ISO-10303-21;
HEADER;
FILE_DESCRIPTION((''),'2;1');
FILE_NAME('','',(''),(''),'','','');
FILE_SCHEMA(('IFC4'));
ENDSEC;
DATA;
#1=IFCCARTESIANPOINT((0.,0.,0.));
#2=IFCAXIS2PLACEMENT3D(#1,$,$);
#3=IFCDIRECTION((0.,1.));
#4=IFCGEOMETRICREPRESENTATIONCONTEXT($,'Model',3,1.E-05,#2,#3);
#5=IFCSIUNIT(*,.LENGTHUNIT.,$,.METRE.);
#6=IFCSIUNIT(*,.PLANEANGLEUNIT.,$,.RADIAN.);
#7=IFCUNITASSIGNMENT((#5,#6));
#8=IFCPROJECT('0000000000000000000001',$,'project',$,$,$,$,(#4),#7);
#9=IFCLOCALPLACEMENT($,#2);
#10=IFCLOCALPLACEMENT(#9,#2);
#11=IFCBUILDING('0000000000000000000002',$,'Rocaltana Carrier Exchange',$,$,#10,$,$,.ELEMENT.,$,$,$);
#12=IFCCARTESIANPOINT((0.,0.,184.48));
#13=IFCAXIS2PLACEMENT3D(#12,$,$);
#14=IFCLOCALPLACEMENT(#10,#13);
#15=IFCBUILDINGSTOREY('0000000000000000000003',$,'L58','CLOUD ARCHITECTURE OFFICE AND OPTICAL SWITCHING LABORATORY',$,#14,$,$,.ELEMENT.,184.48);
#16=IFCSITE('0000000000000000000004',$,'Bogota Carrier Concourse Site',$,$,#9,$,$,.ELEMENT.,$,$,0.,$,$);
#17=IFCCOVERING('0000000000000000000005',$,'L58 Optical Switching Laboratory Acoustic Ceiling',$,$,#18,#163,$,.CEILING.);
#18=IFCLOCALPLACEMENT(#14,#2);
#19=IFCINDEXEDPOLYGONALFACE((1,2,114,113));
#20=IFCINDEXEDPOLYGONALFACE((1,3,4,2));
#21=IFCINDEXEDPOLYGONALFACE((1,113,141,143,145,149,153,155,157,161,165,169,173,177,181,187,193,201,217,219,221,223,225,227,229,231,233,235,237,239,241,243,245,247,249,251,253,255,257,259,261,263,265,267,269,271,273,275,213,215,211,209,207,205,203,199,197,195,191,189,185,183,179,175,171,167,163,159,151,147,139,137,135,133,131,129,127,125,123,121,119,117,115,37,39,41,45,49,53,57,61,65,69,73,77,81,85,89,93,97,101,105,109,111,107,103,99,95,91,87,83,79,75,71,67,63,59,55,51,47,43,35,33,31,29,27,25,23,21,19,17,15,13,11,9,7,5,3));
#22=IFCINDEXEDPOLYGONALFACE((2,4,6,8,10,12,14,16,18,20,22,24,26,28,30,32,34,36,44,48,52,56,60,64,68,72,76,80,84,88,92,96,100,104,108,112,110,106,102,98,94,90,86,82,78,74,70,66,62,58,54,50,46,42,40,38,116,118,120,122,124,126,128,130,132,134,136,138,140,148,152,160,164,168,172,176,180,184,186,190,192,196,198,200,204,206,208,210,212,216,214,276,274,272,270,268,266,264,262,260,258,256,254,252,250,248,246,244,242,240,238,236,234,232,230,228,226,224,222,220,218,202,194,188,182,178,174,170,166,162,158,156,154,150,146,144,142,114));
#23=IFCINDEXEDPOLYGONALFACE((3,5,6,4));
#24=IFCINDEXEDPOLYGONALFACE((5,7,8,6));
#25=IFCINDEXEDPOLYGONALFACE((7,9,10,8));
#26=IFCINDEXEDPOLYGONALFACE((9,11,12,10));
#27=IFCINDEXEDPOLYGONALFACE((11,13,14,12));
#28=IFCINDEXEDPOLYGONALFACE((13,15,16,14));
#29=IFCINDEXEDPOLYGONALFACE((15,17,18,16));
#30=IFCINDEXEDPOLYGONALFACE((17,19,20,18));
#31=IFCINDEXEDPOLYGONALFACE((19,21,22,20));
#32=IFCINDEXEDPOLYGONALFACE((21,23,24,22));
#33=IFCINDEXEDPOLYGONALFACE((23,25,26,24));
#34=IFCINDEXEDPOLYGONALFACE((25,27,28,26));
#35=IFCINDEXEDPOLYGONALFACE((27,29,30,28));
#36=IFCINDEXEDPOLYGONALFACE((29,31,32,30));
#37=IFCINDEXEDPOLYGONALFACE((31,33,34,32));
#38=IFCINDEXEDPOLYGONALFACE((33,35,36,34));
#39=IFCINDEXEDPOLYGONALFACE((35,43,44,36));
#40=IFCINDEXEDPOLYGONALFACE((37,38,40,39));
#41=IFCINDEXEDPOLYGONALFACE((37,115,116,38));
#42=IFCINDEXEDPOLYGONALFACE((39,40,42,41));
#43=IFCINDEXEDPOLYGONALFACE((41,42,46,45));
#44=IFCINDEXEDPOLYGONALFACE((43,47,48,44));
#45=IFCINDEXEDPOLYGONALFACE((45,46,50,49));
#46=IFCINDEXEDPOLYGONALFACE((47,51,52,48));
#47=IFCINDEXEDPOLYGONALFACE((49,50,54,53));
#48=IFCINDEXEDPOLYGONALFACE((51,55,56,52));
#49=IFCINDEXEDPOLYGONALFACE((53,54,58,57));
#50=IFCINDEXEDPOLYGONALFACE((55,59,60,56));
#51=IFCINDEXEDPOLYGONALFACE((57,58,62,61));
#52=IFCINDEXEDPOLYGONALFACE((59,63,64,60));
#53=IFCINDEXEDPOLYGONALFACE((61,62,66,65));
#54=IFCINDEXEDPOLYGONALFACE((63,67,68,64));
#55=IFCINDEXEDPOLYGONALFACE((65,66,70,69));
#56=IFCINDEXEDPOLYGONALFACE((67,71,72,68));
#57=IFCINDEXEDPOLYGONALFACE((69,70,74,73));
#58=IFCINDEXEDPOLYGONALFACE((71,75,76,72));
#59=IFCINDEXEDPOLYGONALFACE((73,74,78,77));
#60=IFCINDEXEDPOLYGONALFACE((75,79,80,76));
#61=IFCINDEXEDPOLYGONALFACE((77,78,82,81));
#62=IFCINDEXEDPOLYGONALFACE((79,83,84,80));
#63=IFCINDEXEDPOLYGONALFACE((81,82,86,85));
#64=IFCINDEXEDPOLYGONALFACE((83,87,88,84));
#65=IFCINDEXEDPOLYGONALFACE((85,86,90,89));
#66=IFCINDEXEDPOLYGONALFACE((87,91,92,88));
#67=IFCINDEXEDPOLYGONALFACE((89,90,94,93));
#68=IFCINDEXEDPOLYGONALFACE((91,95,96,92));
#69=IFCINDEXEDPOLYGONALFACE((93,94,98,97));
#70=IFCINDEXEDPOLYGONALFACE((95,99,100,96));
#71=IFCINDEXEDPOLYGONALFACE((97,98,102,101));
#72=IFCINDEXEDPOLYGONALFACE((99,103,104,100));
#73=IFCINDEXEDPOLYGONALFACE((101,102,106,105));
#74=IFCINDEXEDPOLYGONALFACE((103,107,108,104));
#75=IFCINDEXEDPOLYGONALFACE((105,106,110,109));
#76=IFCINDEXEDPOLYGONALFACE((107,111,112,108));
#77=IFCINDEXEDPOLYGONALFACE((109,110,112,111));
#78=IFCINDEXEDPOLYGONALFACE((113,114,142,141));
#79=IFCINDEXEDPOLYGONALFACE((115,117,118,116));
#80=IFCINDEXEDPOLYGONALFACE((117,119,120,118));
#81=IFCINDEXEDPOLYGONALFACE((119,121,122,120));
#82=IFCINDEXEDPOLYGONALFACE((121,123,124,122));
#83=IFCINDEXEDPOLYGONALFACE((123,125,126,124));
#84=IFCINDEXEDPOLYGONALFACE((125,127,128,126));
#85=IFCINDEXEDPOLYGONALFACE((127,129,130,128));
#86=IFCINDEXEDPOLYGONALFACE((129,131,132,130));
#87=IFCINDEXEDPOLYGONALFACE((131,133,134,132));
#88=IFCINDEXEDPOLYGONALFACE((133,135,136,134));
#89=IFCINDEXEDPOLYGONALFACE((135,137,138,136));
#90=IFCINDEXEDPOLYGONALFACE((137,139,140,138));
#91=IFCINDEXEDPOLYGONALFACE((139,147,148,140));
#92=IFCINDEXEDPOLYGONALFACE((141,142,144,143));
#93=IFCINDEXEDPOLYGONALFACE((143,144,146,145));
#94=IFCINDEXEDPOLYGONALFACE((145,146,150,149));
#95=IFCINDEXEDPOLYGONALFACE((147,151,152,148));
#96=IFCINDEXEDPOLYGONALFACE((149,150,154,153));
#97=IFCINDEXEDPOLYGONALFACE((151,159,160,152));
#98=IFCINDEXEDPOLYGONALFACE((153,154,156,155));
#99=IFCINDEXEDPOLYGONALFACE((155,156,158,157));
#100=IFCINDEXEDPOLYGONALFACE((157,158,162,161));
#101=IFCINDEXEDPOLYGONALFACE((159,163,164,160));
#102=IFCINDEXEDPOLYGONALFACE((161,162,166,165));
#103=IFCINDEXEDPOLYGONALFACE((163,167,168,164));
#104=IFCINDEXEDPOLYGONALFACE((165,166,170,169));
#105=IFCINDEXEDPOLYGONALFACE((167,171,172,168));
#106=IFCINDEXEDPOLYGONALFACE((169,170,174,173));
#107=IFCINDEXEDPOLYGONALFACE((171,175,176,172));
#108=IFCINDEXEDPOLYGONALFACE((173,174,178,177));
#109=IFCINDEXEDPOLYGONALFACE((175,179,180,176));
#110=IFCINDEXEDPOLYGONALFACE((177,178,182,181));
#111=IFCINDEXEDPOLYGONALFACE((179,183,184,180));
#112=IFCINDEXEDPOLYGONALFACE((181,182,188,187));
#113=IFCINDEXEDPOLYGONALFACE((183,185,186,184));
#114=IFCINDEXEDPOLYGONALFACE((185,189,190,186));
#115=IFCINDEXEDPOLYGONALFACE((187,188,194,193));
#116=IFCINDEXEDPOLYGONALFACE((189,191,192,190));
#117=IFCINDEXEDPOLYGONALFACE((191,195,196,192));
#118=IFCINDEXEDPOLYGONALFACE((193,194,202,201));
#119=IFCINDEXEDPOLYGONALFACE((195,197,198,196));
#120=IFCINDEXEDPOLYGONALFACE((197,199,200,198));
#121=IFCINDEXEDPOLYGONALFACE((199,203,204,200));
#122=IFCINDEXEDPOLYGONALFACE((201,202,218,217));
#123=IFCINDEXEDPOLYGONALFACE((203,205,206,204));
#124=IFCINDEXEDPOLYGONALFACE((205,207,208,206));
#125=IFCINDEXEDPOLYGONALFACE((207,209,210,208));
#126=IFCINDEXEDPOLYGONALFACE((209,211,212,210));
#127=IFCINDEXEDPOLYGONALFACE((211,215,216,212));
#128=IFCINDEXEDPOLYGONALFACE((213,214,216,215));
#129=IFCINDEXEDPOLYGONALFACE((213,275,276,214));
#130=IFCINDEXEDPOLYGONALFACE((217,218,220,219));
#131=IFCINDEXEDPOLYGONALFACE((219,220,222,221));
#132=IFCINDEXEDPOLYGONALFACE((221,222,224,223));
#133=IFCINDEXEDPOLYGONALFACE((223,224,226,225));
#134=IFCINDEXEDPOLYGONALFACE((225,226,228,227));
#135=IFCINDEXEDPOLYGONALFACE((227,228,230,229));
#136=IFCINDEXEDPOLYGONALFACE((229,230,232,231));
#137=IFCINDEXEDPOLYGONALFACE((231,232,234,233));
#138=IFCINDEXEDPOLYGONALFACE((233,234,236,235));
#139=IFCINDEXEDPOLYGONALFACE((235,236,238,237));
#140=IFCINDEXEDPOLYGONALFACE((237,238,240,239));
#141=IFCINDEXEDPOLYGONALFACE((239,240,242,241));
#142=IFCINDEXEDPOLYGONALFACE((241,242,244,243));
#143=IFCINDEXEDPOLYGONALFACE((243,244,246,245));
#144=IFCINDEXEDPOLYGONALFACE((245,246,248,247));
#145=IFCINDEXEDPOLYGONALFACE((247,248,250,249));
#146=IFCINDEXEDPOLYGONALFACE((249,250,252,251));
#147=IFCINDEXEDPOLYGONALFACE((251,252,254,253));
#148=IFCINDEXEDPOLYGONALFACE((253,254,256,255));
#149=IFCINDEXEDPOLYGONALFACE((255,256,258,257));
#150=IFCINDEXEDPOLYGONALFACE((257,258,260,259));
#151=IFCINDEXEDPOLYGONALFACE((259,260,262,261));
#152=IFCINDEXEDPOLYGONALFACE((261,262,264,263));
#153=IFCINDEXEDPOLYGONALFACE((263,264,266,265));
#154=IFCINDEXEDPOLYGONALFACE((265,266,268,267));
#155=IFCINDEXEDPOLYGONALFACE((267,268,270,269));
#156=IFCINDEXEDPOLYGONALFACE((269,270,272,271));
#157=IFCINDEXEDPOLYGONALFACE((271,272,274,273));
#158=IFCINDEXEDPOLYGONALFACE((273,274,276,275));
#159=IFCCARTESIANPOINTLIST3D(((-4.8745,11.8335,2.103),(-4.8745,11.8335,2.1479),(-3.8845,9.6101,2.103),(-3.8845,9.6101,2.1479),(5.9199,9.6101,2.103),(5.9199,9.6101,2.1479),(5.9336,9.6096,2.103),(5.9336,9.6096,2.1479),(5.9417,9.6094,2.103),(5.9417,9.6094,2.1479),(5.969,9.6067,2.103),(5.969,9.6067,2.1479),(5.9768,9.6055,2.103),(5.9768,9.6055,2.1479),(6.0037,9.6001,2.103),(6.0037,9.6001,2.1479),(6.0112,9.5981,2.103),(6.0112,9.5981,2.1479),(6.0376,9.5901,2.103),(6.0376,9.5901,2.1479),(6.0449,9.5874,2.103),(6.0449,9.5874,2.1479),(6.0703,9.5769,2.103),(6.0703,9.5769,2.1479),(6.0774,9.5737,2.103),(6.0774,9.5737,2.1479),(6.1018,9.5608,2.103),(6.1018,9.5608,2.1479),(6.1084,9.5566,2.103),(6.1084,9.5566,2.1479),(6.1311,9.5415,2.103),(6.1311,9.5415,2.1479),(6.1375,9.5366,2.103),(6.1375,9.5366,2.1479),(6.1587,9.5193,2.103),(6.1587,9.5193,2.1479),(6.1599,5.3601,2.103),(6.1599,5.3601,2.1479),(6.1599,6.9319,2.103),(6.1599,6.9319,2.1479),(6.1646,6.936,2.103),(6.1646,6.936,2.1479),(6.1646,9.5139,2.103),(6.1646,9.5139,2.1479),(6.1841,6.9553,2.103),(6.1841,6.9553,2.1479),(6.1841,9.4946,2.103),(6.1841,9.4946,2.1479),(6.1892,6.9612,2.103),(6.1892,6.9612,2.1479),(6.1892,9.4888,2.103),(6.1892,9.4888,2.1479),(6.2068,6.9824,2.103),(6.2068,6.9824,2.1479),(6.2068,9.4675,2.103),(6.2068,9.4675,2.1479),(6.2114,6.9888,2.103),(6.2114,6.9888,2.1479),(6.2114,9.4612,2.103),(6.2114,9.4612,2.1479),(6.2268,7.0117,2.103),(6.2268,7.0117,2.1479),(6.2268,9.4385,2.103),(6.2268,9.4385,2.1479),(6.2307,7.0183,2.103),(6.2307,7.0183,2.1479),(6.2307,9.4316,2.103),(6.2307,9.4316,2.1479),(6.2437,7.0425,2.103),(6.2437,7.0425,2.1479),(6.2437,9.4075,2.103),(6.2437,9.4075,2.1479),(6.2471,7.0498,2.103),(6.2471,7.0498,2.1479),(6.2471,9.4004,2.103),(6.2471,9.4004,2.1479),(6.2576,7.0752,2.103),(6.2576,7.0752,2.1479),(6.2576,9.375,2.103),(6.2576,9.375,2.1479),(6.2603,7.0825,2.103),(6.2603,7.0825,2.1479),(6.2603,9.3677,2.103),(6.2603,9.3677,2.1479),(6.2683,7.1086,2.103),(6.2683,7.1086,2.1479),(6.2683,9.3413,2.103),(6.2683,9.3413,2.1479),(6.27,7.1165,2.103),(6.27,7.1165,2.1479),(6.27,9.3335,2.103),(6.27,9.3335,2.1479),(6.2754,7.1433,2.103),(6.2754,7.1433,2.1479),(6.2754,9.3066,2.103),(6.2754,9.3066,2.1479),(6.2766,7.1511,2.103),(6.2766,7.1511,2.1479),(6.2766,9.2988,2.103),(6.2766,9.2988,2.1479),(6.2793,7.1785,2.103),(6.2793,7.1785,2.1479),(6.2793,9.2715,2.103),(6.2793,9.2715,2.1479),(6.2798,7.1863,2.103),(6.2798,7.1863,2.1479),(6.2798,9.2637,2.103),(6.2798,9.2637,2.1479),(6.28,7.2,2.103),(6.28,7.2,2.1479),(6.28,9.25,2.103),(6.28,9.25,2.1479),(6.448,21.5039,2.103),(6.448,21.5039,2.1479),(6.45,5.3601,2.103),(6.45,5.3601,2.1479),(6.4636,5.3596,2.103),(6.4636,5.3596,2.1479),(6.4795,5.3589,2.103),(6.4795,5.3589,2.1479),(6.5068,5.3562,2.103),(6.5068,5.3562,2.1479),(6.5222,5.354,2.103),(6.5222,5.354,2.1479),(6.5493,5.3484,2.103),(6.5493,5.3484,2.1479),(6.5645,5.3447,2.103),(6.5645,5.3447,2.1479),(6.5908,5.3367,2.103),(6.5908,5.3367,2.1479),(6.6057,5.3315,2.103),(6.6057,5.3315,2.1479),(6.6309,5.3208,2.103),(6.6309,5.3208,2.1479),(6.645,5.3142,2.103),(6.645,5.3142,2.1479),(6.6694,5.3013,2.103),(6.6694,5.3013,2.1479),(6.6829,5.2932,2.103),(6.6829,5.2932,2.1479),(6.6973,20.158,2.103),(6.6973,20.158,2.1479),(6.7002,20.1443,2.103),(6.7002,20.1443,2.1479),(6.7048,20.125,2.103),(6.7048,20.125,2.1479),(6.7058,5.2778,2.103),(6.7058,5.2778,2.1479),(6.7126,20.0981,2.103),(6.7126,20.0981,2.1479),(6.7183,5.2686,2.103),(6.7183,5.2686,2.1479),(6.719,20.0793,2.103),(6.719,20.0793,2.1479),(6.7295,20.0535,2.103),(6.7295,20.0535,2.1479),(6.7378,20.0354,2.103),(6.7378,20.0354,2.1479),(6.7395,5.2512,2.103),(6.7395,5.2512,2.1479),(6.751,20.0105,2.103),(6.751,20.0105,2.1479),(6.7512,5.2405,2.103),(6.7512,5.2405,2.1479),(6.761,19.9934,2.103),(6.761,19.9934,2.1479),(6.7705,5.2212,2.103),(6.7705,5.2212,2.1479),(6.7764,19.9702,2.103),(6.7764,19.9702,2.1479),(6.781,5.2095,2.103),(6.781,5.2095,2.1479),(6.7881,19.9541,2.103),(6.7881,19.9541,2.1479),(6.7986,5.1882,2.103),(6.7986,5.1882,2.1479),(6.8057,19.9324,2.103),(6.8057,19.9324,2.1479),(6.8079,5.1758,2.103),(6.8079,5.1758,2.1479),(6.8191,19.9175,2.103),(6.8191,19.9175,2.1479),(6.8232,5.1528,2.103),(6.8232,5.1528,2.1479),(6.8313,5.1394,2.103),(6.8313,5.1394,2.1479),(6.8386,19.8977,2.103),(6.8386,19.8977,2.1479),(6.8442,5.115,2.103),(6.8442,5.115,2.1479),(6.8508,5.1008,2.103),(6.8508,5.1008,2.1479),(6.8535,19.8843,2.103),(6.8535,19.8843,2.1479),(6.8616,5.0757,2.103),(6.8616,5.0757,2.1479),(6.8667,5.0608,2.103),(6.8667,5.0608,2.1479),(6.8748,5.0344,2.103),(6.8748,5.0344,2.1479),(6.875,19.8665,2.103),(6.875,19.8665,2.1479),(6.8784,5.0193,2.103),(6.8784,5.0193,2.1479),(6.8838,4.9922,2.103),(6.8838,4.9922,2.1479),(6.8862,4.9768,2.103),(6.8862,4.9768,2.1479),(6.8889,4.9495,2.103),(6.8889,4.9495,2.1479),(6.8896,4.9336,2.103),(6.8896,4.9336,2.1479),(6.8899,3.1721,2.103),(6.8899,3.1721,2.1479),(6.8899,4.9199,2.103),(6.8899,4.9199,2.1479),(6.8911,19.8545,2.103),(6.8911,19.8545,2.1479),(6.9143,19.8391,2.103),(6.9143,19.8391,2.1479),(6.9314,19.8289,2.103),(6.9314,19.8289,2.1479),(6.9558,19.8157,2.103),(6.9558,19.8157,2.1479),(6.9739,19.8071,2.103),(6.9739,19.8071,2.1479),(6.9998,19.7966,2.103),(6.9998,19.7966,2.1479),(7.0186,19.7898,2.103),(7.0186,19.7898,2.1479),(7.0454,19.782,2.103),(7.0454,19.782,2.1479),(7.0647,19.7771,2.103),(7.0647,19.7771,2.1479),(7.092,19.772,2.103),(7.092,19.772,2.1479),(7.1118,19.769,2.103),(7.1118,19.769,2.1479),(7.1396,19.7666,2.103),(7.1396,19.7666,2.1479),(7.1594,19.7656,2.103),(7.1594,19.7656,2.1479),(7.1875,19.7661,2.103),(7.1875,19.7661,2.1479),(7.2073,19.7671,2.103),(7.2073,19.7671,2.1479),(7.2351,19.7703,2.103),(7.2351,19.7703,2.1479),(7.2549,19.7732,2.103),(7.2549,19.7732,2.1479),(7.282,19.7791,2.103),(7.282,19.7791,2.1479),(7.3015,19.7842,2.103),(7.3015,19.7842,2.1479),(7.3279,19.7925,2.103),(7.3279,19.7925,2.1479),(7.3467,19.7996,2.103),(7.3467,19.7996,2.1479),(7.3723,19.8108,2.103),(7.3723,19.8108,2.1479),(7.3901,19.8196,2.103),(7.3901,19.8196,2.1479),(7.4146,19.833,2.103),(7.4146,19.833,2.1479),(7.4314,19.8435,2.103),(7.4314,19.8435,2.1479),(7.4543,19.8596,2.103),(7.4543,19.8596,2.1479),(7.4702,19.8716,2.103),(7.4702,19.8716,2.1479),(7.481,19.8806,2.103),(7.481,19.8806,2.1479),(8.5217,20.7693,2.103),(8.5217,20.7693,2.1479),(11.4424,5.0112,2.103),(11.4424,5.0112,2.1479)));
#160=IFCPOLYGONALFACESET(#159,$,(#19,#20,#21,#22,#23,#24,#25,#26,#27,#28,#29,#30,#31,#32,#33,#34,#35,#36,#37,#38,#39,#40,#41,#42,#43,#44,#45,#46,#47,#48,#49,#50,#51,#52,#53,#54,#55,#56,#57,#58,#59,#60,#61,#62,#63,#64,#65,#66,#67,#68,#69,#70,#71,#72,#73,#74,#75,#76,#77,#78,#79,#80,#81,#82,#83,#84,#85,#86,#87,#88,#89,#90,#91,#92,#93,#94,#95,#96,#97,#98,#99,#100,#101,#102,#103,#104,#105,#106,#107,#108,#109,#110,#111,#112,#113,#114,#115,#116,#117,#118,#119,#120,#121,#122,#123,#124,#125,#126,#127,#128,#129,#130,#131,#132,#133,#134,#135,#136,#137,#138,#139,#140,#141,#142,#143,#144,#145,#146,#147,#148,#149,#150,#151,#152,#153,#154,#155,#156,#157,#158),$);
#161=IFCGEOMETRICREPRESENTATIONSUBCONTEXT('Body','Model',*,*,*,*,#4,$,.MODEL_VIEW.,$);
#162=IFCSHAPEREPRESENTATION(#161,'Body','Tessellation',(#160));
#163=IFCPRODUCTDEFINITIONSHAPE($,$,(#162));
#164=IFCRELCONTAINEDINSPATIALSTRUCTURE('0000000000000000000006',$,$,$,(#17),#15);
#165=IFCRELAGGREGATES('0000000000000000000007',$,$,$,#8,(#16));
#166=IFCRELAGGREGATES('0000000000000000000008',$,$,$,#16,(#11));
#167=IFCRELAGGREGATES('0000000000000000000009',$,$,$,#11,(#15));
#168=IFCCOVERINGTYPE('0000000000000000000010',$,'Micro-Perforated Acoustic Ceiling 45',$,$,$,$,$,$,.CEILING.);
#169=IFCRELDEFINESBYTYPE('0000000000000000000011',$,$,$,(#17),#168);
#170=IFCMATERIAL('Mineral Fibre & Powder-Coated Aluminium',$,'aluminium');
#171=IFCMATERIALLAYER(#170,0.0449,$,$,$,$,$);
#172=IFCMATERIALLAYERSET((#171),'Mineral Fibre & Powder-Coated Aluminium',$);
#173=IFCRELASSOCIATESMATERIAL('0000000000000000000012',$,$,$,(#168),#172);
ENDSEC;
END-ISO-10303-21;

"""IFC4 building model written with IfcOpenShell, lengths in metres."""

from ifc_helpers import new_model, si_unit, direction, frame, origin, place, context, subcontext, project, spatial, polyline, outline, extrude, material, layer, layer_set, type_object, element, save


model = new_model("IFC4")

# Units and contexts
model_context = context("Model", 3, precision=1e-05, world=origin(), true_north=direction((0.0, 1.0)))
body_context = subcontext(model_context, "Body", "Model", "MODEL_VIEW")
ifc_project = project(units=[si_unit("LENGTHUNIT", "METRE"), si_unit("PLANEANGLEUNIT", "RADIAN")], contexts=[model_context])

# Site, building, storey
site_placement = place(None, origin())
site = spatial("IfcSite", under=ifc_project, at=site_placement, Name="Bogota Carrier Concourse Site", CompositionType="ELEMENT", RefElevation=0.0)
building_placement = place(site_placement, origin())
building = spatial("IfcBuilding", under=site, at=building_placement, Name="Rocaltana Carrier Exchange", CompositionType="ELEMENT")
storey_placement = place(building_placement, frame((0.0, 0.0, 184.48)))
storey = spatial("IfcBuildingStorey", under=building, at=storey_placement, Name="L58", Description="CLOUD ARCHITECTURE OFFICE AND OPTICAL SWITCHING LABORATORY", CompositionType="ELEMENT", Elevation=184.48)

# Covering
ifc_material_1 = material(Name="Mineral Fibre & Powder-Coated Aluminium", Category="aluminium")
ifc_layer_1 = layer(ifc_material_1, 0.0449)
ifc_layer_set_1 = layer_set([ifc_layer_1], Name="Mineral Fibre & Powder-Coated Aluminium")
covering_type_1 = type_object("IfcCoveringType", Name="Micro-Perforated Acoustic Ceiling 45", PredefinedType="CEILING", material=ifc_layer_set_1)
covering_1_placement = place(storey_placement, frame((0.0, 0.0, 2.103)))
element("IfcCovering", 1, at=covering_1_placement, inside=storey, type_object=covering_type_1, Name="L58 Optical Switching Laboratory Acoustic Ceiling", PredefinedType="CEILING", context=body_context, shape_type="SweptSolid", body=[
    extrude(outline(polyline([(6.1599, 6.9319), (6.1646, 6.936), (6.1841, 6.9553), (6.1892, 6.9612), (6.2068, 6.9824), (6.2114, 6.9888), (6.2268, 7.0117), (6.2307, 7.0183), (6.2437, 7.0425), (6.2471, 7.0498), (6.2576, 7.0752), (6.2603, 7.0825), (6.2683, 7.1086), (6.27, 7.1165), (6.2754, 7.1433), (6.2766, 7.1511), (6.2793, 7.1785), (6.2798, 7.1863), (6.28, 7.2), (6.28, 9.25), (6.2798, 9.2637), (6.2793, 9.2715), (6.2766, 9.2988), (6.2754, 9.3066), (6.27, 9.3335), (6.2683, 9.3413), (6.2603, 9.3677), (6.2576, 9.375), (6.2471, 9.4004), (6.2437, 9.4075), (6.2307, 9.4316), (6.2268, 9.4385), (6.2114, 9.4612), (6.2068, 9.4675), (6.1892, 9.4888), (6.1841, 9.4946), (6.1646, 9.5139), (6.1587, 9.5193), (6.1375, 9.5366), (6.1311, 9.5415), (6.1084, 9.5566), (6.1018, 9.5608), (6.0774, 9.5737), (6.0703, 9.5769), (6.0449, 9.5874), (6.0376, 9.5901), (6.0112, 9.5981), (6.0037, 9.6001), (5.9768, 9.6055), (5.969, 9.6067), (5.9417, 9.6094), (5.9336, 9.6096), (5.9199, 9.6101), (-3.8845, 9.6101), (-4.8745, 11.8335), (6.448, 21.5039), (6.6973, 20.158), (6.7002, 20.1443), (6.7048, 20.125), (6.7126, 20.0981), (6.719, 20.0793), (6.7295, 20.0535), (6.7378, 20.0354), (6.751, 20.0105), (6.761, 19.9934), (6.7764, 19.9702), (6.7881, 19.9541), (6.8057, 19.9324), (6.8191, 19.9175), (6.8386, 19.8977), (6.8535, 19.8843), (6.875, 19.8665), (6.8911, 19.8545), (6.9143, 19.8391), (6.9314, 19.8289), (6.9558, 19.8157), (6.9739, 19.8071), (6.9998, 19.7966), (7.0186, 19.7898), (7.0454, 19.782), (7.0647, 19.7771), (7.092, 19.772), (7.1118, 19.769), (7.1396, 19.7666), (7.1594, 19.7656), (7.1875, 19.7661), (7.2073, 19.7671), (7.2351, 19.7703), (7.2549, 19.7732), (7.282, 19.7791), (7.3015, 19.7842), (7.3279, 19.7925), (7.3467, 19.7996), (7.3723, 19.8108), (7.3901, 19.8196), (7.4146, 19.833), (7.4314, 19.8435), (7.4543, 19.8596), (7.4702, 19.8716), (7.481, 19.8806), (8.5217, 20.7693), (11.4424, 5.0112), (6.8899, 3.1721), (6.8899, 4.9199), (6.8896, 4.9336), (6.8889, 4.9495), (6.8862, 4.9768), (6.8838, 4.9922), (6.8784, 5.0193), (6.8748, 5.0344), (6.8667, 5.0608), (6.8616, 5.0757), (6.8508, 5.1008), (6.8442, 5.115), (6.8313, 5.1394), (6.8232, 5.1528), (6.8079, 5.1758), (6.7986, 5.1882), (6.781, 5.2095), (6.7705, 5.2212), (6.7512, 5.2405), (6.7395, 5.2512), (6.7183, 5.2686), (6.7058, 5.2778), (6.6829, 5.2932), (6.6694, 5.3013), (6.645, 5.3142), (6.6309, 5.3208), (6.6057, 5.3315), (6.5908, 5.3367), (6.5645, 5.3447), (6.5493, 5.3484), (6.5222, 5.354), (6.5068, 5.3562), (6.4795, 5.3589), (6.4636, 5.3596), (6.45, 5.3601), (6.1599, 5.3601), (6.1599, 6.9319)])), origin(), (0.0, 0.0, 1.0), 0.0449),
])

save(model, "model.ifc")
